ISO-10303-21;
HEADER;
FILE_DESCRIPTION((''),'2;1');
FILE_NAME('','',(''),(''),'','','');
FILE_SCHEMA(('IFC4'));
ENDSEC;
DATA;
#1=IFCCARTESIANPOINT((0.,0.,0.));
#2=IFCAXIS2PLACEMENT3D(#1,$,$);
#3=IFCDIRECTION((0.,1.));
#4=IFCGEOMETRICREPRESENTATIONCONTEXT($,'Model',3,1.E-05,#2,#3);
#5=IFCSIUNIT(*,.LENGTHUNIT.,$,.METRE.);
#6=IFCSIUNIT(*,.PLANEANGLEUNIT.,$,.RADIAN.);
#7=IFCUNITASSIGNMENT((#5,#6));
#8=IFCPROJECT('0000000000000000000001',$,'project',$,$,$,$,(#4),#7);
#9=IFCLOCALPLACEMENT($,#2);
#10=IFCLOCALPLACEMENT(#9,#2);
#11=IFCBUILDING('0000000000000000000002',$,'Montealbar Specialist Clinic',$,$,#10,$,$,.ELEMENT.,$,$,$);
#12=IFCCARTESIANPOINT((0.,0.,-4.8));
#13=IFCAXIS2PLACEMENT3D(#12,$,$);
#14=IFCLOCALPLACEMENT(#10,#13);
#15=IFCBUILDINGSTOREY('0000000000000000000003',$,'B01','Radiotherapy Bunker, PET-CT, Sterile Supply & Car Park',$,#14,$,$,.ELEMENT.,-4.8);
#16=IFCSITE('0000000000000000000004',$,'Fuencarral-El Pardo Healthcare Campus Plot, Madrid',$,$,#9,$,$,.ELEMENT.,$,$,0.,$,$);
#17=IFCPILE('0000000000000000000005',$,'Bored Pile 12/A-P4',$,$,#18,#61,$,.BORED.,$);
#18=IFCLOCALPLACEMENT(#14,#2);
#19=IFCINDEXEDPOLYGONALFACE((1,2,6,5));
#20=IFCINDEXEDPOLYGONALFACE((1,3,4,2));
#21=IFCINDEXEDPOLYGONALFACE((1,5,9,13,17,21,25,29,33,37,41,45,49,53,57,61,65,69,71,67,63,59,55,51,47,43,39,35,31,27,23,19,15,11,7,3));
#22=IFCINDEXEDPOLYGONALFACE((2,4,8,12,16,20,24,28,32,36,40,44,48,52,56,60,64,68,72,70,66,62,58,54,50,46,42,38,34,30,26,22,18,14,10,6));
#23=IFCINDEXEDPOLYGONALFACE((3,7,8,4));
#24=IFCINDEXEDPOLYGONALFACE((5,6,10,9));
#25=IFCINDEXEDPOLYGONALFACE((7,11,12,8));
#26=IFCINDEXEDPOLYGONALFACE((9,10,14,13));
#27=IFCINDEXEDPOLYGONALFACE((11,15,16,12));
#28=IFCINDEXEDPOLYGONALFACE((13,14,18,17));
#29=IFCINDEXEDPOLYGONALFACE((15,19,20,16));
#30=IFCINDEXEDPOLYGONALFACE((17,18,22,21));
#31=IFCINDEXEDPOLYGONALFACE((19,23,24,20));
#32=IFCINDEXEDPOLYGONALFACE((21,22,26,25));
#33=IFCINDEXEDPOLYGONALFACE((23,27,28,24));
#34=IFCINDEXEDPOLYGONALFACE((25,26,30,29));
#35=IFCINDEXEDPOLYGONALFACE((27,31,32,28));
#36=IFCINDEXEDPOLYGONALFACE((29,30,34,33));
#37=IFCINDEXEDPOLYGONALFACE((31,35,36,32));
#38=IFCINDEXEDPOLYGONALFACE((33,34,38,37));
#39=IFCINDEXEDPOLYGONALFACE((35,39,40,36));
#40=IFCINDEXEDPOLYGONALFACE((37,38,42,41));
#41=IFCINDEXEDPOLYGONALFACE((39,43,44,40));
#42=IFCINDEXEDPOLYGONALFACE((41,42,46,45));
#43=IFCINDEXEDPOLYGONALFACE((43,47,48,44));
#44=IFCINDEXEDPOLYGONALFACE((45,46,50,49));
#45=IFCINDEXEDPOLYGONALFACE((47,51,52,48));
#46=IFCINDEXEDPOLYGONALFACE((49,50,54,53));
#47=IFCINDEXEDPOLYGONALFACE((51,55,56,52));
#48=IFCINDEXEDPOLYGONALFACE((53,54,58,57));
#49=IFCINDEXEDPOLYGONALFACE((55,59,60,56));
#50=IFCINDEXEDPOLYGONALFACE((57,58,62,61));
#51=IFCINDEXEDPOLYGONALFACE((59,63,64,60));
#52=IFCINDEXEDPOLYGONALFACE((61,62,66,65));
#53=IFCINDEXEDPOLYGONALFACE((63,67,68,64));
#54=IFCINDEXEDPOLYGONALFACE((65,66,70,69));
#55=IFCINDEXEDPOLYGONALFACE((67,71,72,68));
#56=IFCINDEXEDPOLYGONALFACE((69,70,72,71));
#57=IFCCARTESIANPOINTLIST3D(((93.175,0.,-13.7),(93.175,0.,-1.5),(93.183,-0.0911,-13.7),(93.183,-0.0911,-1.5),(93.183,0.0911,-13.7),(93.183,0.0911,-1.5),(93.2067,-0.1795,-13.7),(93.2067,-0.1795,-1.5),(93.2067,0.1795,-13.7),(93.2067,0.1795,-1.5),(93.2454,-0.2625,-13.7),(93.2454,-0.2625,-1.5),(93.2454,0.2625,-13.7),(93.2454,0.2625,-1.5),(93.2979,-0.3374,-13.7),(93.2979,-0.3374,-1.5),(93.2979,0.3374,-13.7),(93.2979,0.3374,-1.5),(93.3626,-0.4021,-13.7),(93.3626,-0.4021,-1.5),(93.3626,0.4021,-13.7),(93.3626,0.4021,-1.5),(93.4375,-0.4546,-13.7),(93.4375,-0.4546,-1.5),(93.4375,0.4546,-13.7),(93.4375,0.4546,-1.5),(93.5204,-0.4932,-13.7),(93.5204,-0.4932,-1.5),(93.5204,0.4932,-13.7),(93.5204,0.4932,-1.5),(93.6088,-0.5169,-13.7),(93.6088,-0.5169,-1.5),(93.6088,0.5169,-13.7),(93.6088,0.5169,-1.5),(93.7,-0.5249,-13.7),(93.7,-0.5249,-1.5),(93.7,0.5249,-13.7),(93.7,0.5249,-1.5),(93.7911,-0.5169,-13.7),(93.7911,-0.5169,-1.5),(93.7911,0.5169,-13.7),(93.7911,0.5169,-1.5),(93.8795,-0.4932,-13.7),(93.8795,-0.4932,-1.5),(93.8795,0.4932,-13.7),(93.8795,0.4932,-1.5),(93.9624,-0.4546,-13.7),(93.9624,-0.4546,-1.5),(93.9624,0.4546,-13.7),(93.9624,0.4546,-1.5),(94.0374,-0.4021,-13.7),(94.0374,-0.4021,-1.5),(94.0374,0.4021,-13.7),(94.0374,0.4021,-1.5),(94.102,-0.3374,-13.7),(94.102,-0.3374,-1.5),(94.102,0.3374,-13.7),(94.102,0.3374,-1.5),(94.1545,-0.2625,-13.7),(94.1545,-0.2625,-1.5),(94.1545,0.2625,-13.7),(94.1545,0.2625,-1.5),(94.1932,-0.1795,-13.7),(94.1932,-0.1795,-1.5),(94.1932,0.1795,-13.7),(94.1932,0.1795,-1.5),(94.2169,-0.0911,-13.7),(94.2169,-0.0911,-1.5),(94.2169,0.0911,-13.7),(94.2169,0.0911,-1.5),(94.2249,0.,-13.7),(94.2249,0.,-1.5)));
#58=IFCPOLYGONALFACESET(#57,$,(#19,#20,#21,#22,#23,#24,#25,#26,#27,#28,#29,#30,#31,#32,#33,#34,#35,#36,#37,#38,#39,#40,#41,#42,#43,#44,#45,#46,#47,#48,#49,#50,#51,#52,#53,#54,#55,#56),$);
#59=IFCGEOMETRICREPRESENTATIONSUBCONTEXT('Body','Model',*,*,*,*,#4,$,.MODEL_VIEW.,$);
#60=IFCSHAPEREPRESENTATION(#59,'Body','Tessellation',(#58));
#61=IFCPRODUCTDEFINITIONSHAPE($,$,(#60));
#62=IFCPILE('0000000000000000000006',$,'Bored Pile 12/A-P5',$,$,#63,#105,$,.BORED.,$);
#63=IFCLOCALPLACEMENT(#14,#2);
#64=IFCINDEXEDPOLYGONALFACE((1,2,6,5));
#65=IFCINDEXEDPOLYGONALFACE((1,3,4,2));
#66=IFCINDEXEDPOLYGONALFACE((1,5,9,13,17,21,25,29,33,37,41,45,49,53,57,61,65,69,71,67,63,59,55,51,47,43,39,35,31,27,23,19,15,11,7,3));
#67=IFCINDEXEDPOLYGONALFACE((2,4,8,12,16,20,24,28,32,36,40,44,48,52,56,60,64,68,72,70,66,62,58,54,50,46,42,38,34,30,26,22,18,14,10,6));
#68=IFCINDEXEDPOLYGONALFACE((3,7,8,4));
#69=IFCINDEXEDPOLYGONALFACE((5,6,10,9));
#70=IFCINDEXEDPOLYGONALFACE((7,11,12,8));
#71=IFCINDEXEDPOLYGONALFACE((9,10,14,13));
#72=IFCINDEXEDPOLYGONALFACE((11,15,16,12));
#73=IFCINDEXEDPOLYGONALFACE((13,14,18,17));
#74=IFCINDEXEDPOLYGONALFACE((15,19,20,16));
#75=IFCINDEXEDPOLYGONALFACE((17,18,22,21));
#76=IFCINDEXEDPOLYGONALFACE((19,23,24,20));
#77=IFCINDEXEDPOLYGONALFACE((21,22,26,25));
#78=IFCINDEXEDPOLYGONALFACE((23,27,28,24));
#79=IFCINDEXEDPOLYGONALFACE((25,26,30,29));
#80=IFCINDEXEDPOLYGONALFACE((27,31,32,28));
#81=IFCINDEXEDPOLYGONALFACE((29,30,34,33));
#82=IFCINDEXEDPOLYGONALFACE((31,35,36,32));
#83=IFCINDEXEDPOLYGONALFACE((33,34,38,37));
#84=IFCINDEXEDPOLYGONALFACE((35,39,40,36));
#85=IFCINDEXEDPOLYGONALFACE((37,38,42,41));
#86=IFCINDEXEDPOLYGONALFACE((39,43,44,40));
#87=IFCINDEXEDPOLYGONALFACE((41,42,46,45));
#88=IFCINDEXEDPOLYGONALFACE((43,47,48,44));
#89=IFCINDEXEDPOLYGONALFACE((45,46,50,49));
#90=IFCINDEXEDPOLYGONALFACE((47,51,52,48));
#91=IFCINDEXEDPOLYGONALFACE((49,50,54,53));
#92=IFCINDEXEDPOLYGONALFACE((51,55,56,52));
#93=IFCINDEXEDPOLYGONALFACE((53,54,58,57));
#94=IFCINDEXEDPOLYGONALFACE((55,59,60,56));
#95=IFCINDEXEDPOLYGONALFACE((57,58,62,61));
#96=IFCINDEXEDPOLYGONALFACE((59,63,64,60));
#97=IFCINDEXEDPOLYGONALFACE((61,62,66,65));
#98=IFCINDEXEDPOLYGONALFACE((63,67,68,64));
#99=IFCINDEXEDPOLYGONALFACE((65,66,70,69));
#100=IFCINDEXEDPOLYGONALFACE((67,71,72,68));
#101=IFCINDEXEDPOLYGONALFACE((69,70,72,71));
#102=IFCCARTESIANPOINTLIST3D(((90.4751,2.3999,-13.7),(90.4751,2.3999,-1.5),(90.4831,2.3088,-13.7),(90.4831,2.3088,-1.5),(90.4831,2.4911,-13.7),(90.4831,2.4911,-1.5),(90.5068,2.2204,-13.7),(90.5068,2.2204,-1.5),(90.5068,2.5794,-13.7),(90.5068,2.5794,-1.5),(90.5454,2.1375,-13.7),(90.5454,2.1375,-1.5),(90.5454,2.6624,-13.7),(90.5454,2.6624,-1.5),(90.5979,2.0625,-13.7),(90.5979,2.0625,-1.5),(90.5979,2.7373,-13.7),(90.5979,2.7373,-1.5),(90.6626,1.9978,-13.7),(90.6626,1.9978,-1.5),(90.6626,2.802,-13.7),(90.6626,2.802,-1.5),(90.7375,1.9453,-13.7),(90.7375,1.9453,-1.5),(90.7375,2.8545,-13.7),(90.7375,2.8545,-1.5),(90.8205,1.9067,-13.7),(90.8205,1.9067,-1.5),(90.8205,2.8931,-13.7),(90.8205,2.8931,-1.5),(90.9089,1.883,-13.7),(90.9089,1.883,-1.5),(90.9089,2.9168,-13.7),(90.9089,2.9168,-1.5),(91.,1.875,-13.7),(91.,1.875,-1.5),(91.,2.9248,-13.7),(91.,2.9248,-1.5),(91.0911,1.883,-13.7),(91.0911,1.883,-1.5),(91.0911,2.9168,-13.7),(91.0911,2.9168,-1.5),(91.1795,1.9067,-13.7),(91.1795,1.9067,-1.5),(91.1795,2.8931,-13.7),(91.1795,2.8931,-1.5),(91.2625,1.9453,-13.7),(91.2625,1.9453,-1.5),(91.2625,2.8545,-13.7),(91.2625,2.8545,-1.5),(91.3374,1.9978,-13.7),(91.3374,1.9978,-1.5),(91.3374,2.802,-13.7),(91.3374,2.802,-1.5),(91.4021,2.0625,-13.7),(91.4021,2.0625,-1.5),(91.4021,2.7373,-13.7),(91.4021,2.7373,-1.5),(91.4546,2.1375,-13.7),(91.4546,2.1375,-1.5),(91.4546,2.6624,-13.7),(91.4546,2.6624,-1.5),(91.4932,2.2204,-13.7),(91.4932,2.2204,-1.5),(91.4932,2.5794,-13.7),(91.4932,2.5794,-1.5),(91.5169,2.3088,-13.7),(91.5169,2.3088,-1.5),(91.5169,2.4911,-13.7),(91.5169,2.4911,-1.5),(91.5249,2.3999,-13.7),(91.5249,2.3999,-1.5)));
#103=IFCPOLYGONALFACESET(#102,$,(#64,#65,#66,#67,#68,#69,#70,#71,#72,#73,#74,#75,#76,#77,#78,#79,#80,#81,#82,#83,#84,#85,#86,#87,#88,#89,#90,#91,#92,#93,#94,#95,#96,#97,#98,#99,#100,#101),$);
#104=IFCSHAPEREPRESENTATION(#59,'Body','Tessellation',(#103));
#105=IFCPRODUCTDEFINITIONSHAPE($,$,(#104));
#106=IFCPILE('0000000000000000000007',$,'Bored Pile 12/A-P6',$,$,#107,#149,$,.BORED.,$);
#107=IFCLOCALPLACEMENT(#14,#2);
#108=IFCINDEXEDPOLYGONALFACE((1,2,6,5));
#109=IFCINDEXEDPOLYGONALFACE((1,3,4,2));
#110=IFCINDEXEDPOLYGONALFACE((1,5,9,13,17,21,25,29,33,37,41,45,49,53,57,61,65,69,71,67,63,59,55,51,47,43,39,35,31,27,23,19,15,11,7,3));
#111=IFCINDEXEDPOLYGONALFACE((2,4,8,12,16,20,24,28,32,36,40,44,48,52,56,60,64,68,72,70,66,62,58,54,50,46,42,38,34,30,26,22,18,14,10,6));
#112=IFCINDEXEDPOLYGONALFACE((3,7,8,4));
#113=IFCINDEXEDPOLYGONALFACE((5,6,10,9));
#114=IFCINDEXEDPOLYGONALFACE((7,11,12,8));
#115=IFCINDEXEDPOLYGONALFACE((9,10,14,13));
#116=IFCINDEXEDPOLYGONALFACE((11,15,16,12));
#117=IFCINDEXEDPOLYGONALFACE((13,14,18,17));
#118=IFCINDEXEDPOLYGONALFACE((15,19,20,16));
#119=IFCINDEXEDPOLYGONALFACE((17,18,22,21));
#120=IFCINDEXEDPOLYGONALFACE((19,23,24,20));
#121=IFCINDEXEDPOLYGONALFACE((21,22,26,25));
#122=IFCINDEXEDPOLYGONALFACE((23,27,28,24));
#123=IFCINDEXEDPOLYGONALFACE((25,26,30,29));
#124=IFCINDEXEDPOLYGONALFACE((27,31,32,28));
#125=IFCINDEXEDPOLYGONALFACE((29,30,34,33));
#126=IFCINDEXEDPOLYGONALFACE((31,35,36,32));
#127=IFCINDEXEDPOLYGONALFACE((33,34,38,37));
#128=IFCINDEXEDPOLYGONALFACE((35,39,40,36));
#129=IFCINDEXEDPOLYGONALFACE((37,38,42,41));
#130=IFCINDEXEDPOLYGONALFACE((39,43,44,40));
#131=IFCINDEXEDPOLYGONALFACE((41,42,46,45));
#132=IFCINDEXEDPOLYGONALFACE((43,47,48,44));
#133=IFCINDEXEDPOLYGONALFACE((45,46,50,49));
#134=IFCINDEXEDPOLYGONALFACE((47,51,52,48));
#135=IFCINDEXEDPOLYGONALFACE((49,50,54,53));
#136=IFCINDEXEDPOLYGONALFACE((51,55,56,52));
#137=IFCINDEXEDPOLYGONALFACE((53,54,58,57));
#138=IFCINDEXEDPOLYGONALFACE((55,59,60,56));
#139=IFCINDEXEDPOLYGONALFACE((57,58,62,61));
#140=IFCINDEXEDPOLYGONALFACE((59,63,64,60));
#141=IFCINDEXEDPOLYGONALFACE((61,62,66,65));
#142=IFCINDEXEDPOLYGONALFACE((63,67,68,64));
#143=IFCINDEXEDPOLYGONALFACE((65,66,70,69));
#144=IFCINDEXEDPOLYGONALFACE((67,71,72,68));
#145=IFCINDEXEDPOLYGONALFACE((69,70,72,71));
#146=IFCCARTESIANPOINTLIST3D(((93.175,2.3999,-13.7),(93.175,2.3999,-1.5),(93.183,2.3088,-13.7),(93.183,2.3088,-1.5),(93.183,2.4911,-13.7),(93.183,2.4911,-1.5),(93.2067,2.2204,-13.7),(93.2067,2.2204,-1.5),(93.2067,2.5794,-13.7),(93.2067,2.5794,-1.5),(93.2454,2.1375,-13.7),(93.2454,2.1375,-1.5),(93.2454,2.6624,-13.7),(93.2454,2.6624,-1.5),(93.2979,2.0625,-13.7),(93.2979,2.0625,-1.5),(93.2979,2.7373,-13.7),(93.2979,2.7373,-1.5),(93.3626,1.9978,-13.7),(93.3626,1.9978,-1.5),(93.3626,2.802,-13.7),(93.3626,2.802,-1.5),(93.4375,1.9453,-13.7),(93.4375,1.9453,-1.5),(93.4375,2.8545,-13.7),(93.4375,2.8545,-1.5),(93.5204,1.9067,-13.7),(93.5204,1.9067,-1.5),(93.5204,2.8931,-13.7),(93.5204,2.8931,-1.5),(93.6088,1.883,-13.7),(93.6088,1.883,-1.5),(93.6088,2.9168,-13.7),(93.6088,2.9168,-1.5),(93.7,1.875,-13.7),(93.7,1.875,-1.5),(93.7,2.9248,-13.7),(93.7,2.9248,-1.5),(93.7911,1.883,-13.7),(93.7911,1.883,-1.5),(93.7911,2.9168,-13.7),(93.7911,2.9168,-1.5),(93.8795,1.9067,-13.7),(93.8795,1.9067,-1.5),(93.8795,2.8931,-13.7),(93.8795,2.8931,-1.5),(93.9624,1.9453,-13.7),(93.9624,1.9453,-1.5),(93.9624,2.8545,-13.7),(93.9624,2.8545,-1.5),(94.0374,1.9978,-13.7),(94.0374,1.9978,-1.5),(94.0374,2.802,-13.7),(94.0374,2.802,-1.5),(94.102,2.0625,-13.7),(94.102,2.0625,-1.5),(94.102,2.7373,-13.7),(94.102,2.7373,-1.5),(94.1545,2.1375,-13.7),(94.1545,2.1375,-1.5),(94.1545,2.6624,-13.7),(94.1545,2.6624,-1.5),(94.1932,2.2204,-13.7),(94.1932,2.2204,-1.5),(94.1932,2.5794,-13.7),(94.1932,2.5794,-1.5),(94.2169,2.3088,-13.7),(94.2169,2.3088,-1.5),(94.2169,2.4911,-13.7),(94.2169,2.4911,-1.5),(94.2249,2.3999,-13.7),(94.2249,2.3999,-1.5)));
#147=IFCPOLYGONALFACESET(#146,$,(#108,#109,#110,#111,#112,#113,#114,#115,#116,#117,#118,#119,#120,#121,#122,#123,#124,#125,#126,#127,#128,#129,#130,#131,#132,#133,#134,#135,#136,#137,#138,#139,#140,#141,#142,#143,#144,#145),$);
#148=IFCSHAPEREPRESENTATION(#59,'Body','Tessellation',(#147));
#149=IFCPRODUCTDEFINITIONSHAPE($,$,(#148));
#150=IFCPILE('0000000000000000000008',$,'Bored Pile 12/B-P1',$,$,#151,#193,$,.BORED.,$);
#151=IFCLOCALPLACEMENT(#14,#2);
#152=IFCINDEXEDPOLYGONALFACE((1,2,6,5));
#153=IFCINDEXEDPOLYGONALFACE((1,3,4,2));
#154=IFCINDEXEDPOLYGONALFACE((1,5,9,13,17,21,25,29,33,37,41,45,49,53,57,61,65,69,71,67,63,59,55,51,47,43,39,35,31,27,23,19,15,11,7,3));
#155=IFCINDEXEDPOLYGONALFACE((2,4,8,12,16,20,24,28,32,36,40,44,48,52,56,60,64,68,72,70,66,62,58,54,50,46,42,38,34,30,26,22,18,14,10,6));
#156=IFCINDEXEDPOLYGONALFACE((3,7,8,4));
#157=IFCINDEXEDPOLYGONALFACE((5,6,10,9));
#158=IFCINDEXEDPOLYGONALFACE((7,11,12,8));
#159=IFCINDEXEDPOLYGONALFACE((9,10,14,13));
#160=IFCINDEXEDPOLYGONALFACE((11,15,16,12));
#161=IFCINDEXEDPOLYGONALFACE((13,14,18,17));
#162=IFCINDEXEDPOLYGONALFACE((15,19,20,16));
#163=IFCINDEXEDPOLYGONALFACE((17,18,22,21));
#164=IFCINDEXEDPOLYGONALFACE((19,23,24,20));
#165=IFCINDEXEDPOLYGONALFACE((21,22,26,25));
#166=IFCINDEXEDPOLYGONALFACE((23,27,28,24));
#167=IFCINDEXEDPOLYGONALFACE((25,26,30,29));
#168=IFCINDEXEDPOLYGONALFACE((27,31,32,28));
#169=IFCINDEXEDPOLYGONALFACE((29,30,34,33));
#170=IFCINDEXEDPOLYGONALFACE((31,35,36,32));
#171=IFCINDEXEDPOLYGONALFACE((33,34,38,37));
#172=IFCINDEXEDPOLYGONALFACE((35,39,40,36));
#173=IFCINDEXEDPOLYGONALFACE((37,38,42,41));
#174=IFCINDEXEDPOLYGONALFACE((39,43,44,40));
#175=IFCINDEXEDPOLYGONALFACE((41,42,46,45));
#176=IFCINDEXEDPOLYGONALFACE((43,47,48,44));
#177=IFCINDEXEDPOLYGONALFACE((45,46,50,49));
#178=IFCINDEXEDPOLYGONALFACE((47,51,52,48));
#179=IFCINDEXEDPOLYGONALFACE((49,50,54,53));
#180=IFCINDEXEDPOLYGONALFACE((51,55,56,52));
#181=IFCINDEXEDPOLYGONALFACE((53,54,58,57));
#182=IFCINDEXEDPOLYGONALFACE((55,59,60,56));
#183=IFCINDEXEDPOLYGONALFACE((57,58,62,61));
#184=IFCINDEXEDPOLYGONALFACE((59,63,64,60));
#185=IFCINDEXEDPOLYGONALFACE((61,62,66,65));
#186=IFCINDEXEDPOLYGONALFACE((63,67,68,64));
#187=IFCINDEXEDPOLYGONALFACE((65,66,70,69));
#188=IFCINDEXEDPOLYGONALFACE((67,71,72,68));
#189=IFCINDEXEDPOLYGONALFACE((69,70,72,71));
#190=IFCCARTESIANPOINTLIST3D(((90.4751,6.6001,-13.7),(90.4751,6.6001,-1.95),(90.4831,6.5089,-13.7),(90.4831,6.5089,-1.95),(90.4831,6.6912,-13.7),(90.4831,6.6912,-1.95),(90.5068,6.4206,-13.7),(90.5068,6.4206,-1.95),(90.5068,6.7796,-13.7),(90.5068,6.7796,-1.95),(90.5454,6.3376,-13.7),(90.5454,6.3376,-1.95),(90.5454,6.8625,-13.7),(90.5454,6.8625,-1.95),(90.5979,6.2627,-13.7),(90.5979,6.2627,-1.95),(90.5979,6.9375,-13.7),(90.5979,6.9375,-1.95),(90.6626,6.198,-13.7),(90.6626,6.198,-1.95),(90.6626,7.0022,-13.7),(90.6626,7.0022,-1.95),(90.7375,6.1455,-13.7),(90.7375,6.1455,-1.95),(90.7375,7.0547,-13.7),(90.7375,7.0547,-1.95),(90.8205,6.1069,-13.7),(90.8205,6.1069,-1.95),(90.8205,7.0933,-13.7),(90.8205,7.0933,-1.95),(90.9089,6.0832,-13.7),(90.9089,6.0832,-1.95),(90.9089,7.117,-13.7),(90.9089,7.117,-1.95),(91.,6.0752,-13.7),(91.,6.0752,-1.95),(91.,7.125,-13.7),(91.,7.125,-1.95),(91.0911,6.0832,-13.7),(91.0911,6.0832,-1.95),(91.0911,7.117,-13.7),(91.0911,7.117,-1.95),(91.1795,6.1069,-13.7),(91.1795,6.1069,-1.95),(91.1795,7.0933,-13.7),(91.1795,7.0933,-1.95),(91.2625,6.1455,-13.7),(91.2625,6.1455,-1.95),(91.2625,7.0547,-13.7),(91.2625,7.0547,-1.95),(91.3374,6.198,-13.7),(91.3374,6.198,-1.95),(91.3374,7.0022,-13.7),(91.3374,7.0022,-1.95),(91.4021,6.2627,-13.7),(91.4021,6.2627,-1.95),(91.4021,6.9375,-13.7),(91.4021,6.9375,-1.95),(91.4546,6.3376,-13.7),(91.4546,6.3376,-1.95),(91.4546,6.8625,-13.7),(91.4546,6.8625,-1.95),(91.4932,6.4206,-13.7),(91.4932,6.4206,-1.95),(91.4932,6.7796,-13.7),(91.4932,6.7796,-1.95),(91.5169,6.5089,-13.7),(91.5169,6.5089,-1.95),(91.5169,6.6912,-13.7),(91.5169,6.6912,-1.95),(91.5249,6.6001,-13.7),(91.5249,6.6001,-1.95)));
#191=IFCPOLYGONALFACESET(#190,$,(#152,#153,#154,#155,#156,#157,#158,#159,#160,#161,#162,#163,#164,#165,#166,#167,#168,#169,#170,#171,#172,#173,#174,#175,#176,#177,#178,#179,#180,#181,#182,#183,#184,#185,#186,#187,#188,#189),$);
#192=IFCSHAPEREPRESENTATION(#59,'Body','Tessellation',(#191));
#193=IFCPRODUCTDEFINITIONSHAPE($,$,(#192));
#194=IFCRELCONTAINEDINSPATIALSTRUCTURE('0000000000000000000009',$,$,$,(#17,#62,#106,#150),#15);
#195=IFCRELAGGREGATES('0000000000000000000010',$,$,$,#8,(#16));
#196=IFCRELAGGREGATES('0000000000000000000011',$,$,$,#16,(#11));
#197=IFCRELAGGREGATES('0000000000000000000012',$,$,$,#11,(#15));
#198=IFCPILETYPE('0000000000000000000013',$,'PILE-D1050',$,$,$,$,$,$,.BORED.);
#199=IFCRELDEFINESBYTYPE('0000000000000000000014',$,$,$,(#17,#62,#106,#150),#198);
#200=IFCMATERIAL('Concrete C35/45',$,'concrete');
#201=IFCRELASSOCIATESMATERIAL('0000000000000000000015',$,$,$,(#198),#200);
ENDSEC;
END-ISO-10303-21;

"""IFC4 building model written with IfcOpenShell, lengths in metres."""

from ifc_helpers import new_model, si_unit, direction, frame, origin, origin_2d, place, context, subcontext, project, spatial, circle, extrude, material, material_profile, profile_set, type_object, element, save


model = new_model("IFC4")

# Units and contexts
model_context = context("Model", 3, precision=1e-05, world=origin(), true_north=direction((0.0, 1.0)))
body_context = subcontext(model_context, "Body", "Model", "MODEL_VIEW")
ifc_project = project(units=[si_unit("LENGTHUNIT", "METRE"), si_unit("PLANEANGLEUNIT", "RADIAN")], contexts=[model_context])

# Site, building, storey
site_placement = place(None, origin())
site = spatial("IfcSite", under=ifc_project, at=site_placement, Name="Fuencarral-El Pardo Healthcare Campus Plot, Madrid", CompositionType="ELEMENT", RefElevation=0.0)
building_placement = place(site_placement, origin())
building = spatial("IfcBuilding", under=site, at=building_placement, Name="Montealbar Specialist Clinic", CompositionType="ELEMENT")
storey_placement = place(building_placement, frame((0.0, 0.0, -4.8)))
storey = spatial("IfcBuildingStorey", under=building, at=storey_placement, Name="B01", Description="Radiotherapy Bunker, PET-CT, Sterile Supply & Car Park", CompositionType="ELEMENT", Elevation=-4.8)

# Shared definitions
ifc_material_1 = material(Name="Concrete C35/45", Category="concrete")

# Piles
ifc_material_profile_1 = material_profile(ifc_material_1, circle(Radius=0.5249, at=origin_2d()), Name="PILE D1050", Category="concrete")
ifc_profile_set_1 = profile_set([ifc_material_profile_1], Name="Concrete C35/45")
pile_type_1 = type_object("IfcPileType", Name="PILE-D1050", PredefinedType="BORED", material=ifc_profile_set_1)
for number, where, z_axis, x_axis, name in (
    (1, (93.7, 0.0, -1.5), (0.0, 0.0, -1.0), (1.0, 0.0, 0.0), "Bored Pile 12/A-P4"),
    (2, (91.0, 2.3999, -1.5), (0.0, 0.0, -1.0), (1.0, 0.0, 0.0), "Bored Pile 12/A-P5"),
    (3, (93.7, 2.3999, -1.5), (0.0, 0.0, -1.0), (1.0, 0.0, 0.0), "Bored Pile 12/A-P6"),
):
    element("IfcPile", number, at=place(storey_placement, frame(where, z_axis=z_axis, x_axis=x_axis)), inside=storey, type_object=pile_type_1, Name=name, PredefinedType="BORED", context=body_context, shape_type="SweptSolid", body=[
        extrude(circle(Radius=0.5249, at=origin_2d()), origin(), (0.0, 0.0, 1.0), 12.2),
    ])
for number, where, z_axis, x_axis, name in (
    (4, (91.0, 6.6001, -1.95), (0.0, 0.0, -1.0), (1.0, 0.0, 0.0), "Bored Pile 12/B-P1"),
):
    element("IfcPile", number, at=place(storey_placement, frame(where, z_axis=z_axis, x_axis=x_axis)), inside=storey, type_object=pile_type_1, Name=name, PredefinedType="BORED", context=body_context, shape_type="SweptSolid", body=[
        extrude(circle(Radius=0.5249, at=origin_2d()), origin(), (0.0, 0.0, 1.0), 11.75),
    ])

save(model, "model.ifc")
